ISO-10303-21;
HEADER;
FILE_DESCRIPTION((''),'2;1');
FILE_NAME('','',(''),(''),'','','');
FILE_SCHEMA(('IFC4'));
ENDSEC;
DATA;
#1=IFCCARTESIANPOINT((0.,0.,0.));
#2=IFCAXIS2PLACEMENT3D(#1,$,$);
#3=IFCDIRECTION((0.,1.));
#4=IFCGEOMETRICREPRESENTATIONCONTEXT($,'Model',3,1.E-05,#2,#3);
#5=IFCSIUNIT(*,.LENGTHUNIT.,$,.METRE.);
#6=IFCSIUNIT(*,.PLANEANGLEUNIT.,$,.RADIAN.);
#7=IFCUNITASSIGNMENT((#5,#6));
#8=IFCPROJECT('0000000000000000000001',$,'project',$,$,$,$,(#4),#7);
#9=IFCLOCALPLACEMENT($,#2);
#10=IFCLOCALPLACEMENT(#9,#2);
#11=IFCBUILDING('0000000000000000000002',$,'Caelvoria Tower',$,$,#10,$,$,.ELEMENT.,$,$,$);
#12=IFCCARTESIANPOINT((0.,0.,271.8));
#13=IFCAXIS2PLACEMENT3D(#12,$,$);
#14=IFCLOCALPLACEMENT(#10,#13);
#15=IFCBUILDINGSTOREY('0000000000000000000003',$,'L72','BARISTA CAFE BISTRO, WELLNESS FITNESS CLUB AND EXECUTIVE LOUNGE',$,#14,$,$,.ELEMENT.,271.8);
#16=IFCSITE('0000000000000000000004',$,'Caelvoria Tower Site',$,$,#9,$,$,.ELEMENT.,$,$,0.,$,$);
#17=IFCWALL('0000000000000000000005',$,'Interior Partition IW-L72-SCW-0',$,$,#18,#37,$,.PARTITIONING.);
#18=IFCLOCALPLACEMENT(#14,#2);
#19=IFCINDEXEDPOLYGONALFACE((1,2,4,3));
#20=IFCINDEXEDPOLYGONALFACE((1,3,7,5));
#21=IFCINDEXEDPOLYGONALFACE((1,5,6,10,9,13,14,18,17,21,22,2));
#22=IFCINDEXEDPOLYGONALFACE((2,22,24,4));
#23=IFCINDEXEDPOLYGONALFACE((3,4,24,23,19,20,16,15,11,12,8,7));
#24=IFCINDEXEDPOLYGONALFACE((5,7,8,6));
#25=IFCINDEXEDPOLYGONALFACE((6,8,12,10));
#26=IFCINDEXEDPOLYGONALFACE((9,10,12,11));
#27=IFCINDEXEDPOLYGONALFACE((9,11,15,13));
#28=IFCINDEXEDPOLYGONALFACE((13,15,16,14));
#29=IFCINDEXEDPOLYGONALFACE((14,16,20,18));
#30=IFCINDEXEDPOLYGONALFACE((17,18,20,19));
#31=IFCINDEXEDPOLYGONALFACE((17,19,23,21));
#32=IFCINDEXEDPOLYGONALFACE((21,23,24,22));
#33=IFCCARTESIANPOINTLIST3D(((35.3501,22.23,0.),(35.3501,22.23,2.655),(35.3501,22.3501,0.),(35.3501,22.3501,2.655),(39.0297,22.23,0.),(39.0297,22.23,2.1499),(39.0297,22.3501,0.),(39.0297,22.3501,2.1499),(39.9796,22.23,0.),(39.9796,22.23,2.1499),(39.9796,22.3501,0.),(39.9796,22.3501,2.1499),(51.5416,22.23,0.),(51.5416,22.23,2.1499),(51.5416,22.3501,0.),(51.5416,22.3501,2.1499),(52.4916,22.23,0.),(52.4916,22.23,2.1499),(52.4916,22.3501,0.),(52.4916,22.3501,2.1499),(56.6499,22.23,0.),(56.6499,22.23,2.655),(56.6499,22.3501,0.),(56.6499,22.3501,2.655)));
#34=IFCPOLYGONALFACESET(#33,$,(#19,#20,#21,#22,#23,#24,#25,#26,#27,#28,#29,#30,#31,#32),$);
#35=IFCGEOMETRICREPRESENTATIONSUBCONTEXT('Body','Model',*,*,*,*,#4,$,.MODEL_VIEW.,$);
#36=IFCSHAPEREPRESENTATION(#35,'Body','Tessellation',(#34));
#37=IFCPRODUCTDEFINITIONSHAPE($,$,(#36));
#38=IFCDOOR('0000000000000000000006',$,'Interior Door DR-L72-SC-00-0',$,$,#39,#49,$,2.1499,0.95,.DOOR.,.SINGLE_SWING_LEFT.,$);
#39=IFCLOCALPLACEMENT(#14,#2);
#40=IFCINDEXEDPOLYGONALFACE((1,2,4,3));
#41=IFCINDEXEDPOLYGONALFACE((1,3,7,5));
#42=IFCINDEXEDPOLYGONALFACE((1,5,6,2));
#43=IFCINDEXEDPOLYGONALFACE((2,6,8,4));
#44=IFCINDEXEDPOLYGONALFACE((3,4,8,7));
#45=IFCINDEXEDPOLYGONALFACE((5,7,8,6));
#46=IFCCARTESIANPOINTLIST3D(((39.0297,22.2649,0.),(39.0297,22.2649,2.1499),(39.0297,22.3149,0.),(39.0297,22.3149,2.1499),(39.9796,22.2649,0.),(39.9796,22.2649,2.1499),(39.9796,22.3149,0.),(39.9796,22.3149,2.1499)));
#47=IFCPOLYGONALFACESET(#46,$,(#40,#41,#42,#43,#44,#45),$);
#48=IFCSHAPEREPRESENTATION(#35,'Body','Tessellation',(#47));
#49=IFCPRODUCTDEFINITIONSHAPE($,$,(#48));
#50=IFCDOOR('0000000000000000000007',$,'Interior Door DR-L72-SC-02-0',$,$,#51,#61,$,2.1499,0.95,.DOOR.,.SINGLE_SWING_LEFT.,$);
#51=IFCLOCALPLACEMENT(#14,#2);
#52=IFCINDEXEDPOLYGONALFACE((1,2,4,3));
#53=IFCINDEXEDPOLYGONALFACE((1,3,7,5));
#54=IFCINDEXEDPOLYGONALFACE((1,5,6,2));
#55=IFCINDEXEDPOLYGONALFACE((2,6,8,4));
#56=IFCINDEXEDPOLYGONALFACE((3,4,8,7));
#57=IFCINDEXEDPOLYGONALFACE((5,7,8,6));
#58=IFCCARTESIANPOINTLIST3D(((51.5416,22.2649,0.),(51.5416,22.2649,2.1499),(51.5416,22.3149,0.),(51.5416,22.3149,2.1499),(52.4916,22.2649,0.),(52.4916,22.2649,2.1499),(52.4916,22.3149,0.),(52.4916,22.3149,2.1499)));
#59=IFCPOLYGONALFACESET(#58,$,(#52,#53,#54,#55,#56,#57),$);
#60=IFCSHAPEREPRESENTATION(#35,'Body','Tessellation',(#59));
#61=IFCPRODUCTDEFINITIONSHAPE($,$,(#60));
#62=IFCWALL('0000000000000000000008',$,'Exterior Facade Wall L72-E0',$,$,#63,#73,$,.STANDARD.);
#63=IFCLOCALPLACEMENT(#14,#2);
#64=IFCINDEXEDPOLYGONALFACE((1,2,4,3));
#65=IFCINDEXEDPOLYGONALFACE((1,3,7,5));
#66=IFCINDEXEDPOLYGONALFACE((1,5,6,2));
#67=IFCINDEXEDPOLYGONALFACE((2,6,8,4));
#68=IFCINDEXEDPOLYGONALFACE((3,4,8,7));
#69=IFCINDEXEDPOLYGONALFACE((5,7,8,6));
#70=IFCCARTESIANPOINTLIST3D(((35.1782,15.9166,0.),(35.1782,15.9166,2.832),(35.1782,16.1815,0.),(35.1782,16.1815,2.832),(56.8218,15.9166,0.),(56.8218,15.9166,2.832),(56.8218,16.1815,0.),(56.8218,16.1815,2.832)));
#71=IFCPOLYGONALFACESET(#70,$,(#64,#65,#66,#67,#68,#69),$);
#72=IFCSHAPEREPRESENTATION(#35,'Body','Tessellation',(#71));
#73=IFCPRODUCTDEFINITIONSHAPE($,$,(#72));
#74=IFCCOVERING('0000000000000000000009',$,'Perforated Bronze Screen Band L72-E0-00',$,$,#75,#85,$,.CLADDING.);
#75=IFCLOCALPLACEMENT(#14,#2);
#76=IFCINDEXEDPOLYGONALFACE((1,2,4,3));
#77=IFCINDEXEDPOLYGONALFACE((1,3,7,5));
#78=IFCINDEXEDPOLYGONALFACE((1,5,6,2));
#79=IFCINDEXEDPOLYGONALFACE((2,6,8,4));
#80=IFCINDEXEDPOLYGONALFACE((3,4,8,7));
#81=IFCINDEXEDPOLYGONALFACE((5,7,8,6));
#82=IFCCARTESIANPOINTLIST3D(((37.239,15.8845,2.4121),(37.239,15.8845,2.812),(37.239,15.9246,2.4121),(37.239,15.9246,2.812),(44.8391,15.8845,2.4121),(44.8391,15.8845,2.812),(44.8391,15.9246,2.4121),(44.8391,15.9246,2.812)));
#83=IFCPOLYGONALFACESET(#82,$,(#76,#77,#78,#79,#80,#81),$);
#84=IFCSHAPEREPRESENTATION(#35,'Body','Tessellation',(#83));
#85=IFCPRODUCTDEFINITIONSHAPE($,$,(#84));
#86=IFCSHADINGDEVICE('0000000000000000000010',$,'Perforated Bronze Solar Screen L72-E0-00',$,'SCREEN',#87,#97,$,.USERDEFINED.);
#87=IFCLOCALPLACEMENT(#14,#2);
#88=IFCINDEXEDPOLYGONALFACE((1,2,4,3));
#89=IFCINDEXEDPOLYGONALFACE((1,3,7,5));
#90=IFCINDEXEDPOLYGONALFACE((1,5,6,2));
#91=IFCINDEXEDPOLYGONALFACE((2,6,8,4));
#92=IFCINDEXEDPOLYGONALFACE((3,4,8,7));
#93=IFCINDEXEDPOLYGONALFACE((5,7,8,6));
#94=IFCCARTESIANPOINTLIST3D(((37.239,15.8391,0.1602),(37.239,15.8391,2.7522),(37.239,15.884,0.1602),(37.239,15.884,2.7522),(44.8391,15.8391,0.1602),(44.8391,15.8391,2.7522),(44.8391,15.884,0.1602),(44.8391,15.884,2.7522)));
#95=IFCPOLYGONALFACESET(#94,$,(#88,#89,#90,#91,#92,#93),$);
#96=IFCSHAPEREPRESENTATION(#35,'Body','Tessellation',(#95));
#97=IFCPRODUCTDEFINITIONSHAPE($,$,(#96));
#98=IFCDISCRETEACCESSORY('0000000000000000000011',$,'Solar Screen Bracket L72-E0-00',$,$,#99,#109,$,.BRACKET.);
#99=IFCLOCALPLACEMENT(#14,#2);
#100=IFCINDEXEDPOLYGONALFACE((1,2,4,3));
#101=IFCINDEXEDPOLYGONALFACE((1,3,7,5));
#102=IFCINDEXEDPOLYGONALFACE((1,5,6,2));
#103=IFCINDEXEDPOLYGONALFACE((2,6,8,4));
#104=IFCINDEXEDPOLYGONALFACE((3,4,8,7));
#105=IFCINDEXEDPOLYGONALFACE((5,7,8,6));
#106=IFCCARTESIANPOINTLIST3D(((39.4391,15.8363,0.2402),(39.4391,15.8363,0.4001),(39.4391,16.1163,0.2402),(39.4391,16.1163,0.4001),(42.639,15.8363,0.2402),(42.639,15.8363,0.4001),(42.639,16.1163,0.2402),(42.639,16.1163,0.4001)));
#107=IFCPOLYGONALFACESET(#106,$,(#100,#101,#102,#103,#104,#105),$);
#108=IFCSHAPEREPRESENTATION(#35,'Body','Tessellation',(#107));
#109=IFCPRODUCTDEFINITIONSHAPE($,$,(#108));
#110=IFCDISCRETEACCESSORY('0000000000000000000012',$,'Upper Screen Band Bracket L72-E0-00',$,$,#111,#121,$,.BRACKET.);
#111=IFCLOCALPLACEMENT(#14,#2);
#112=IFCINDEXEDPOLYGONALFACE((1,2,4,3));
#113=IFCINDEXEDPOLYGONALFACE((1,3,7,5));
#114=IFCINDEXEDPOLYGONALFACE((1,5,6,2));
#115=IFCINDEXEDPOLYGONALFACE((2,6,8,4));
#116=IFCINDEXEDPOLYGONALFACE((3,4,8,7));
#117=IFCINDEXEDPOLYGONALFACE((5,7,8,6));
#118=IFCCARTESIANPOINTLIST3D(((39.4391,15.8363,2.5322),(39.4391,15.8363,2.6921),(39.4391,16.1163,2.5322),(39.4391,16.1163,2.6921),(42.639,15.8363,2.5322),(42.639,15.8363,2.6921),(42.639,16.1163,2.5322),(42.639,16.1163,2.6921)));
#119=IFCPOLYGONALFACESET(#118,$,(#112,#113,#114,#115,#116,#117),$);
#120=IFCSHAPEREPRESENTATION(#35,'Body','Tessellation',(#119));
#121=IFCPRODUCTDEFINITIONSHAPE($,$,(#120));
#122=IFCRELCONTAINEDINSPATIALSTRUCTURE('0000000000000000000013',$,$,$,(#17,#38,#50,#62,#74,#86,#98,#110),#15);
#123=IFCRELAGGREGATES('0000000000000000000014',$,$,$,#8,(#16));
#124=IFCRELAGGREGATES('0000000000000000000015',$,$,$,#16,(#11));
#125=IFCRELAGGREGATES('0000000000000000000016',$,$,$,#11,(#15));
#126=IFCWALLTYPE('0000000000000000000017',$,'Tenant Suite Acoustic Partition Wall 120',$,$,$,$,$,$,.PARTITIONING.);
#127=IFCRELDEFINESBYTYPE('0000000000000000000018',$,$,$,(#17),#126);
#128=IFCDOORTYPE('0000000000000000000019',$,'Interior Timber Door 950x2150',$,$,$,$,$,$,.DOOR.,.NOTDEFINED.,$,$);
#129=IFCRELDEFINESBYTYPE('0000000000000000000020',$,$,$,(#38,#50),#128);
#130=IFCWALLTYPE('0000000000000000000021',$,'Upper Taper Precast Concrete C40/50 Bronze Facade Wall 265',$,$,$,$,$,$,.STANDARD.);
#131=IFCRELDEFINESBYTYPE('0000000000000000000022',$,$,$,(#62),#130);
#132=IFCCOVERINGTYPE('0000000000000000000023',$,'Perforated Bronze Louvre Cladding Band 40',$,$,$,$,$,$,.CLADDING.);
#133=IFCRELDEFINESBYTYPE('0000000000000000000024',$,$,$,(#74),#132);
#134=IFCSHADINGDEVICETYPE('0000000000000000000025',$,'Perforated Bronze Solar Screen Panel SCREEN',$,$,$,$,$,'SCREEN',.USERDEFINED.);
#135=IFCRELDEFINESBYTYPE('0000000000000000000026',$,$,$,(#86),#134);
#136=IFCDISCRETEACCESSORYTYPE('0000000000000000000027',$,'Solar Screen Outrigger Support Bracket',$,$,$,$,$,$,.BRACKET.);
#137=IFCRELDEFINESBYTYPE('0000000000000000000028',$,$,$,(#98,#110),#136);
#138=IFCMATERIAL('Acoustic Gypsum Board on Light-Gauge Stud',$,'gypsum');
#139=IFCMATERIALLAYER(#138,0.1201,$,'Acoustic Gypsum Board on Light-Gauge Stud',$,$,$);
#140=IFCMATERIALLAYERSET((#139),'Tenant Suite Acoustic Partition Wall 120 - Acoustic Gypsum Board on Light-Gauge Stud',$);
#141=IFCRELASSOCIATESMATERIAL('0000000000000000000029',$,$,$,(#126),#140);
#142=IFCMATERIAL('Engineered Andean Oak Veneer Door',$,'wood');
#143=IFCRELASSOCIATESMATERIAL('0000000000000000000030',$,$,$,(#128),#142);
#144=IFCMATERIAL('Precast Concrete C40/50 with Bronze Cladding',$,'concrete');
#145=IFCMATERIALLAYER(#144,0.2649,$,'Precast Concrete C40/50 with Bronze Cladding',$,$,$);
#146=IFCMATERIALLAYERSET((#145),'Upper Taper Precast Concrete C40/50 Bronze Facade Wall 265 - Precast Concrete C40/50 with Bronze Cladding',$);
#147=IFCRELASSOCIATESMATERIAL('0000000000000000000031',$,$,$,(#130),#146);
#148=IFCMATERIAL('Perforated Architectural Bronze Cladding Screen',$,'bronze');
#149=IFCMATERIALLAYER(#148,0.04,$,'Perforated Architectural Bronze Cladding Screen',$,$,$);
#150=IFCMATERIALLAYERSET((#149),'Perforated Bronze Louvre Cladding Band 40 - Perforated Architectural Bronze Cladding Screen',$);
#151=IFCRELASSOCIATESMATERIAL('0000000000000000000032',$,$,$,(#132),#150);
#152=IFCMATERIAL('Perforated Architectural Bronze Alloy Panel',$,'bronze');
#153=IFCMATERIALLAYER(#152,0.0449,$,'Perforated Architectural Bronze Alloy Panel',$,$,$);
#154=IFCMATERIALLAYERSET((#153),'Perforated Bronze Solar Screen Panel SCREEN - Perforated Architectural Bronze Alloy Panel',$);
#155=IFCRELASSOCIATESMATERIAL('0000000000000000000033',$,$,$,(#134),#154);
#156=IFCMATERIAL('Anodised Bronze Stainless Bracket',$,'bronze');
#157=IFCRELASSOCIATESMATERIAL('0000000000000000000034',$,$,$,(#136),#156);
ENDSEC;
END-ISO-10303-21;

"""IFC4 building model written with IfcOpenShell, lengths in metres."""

from ifc_helpers import new_model, si_unit, direction, frame, frame_2d, origin, origin_2d, place, context, subcontext, project, spatial, rectangle, extrude, material, layer, layer_set, type_object, element, fill, save


model = new_model("IFC4")

# Units and contexts
model_context = context("Model", 3, precision=1e-05, world=origin(), true_north=direction((0.0, 1.0)))
body_context = subcontext(model_context, "Body", "Model", "MODEL_VIEW")
ifc_project = project(units=[si_unit("LENGTHUNIT", "METRE"), si_unit("PLANEANGLEUNIT", "RADIAN")], contexts=[model_context])

# Site, building, storey
site_placement = place(None, origin())
site = spatial("IfcSite", under=ifc_project, at=site_placement, Name="Caelvoria Tower Site", CompositionType="ELEMENT", RefElevation=0.0)
building_placement = place(site_placement, origin())
building = spatial("IfcBuilding", under=site, at=building_placement, Name="Caelvoria Tower", CompositionType="ELEMENT")
storey_placement = place(building_placement, frame((0.0, 0.0, 271.8)))
storey = spatial("IfcBuildingStorey", under=building, at=storey_placement, Name="L72", Description="BARISTA CAFE BISTRO, WELLNESS FITNESS CLUB AND EXECUTIVE LOUNGE", CompositionType="ELEMENT", Elevation=271.8)

# Wall, openings, doors
ifc_material_1 = material(Name="Acoustic Gypsum Board on Light-Gauge Stud", Category="gypsum")
ifc_layer_1 = layer(ifc_material_1, 0.1201, Name="Acoustic Gypsum Board on Light-Gauge Stud")
ifc_layer_set_1 = layer_set([ifc_layer_1], Name="Tenant Suite Acoustic Partition Wall 120 - Acoustic Gypsum Board on Light-Gauge Stud")
wall_type_1 = type_object("IfcWallType", Name="Tenant Suite Acoustic Partition Wall 120", PredefinedType="PARTITIONING", material=ifc_layer_set_1)
wall_1_placement = place(storey_placement, frame((35.3501, 22.29, 0.0), z_axis=(0.0, 0.0, 1.0), x_axis=(1.0, 0.0, 0.0)))
wall_1 = element("IfcWall", 1, at=wall_1_placement, inside=storey, type_object=wall_type_1, Name="Interior Partition IW-L72-SCW-0", PredefinedType="PARTITIONING", context=body_context, shape_type="SweptSolid", body=[
    extrude(rectangle(XDim=21.2998, YDim=0.1201, at=frame_2d((10.6499, 0.0))), origin(), (0.0, 0.0, 1.0), 2.655),
])
opening_1_placement = place(wall_1_placement, frame((3.6794, 0.0, 0.0)))
opening_1 = element("IfcOpeningElement", 2, at=opening_1_placement, cuts=wall_1, PredefinedType="OPENING", context=body_context, shape_type="SweptSolid", body=[
    extrude(rectangle(XDim=0.95, YDim=2.1499, at=frame_2d((0.4751, 1.075))), frame((0.0, 0.0701, 0.0), z_axis=(0.0, -1.0, 0.0), x_axis=(1.0, 0.0, 0.0)), (0.0, 0.0, 1.0), 0.1401),
])
opening_2_placement = place(wall_1_placement, frame((16.1914, 0.0, 0.0)))
opening_2 = element("IfcOpeningElement", 3, at=opening_2_placement, cuts=wall_1, PredefinedType="OPENING", context=body_context, shape_type="SweptSolid", body=[
    extrude(rectangle(XDim=0.95, YDim=2.1499, at=frame_2d((0.4751, 1.075))), frame((0.0, 0.0701, 0.0), z_axis=(0.0, -1.0, 0.0), x_axis=(1.0, 0.0, 0.0)), (0.0, 0.0, 1.0), 0.1401),
])
ifc_material_2 = material(Name="Engineered Andean Oak Veneer Door", Category="wood")
door_type = type_object("IfcDoorType", Name="Interior Timber Door 950x2150", OperationType="NOTDEFINED", PredefinedType="DOOR", material=ifc_material_2)
door_1_placement = place(opening_1_placement, origin())
door_1 = element("IfcDoor", 4, at=door_1_placement, inside=storey, type_object=door_type, Name="Interior Door DR-L72-SC-00-0", OperationType="SINGLE_SWING_LEFT", OverallHeight=2.1499, OverallWidth=0.95, PredefinedType="DOOR", context=body_context, shape_type="SweptSolid", body=[
    extrude(rectangle(XDim=0.95, YDim=2.1499, at=frame_2d((0.4751, 1.075))), frame((0.0, 0.0249, 0.0), z_axis=(0.0, -1.0, 0.0), x_axis=(1.0, 0.0, 0.0)), (0.0, 0.0, 1.0), 0.05),
])
fill(opening_1, door_1)
door_2_placement = place(opening_2_placement, origin())
door_2 = element("IfcDoor", 5, at=door_2_placement, inside=storey, type_object=door_type, Name="Interior Door DR-L72-SC-02-0", OperationType="SINGLE_SWING_LEFT", OverallHeight=2.1499, OverallWidth=0.95, PredefinedType="DOOR", context=body_context, shape_type="SweptSolid", body=[
    extrude(rectangle(XDim=0.95, YDim=2.1499, at=frame_2d((0.4751, 1.075))), frame((0.0, 0.0249, 0.0), z_axis=(0.0, -1.0, 0.0), x_axis=(1.0, 0.0, 0.0)), (0.0, 0.0, 1.0), 0.05),
])
fill(opening_2, door_2)

# Wall
ifc_material_3 = material(Name="Precast Concrete C40/50 with Bronze Cladding", Category="concrete")
ifc_layer_2 = layer(ifc_material_3, 0.2649, Name="Precast Concrete C40/50 with Bronze Cladding")
ifc_layer_set_2 = layer_set([ifc_layer_2], Name="Upper Taper Precast Concrete C40/50 Bronze Facade Wall 265 - Precast Concrete C40/50 with Bronze Cladding")
wall_type_2 = type_object("IfcWallType", Name="Upper Taper Precast Concrete C40/50 Bronze Facade Wall 265", PredefinedType="STANDARD", material=ifc_layer_set_2)
wall_2_placement = place(storey_placement, frame((35.1782, 16.0491, 0.0), z_axis=(0.0, 0.0, 1.0), x_axis=(1.0, 0.0, 0.0)))
element("IfcWall", 6, at=wall_2_placement, inside=storey, type_object=wall_type_2, Name="Exterior Facade Wall L72-E0", PredefinedType="STANDARD", context=body_context, shape_type="SweptSolid", body=[
    extrude(rectangle(XDim=21.6436, YDim=0.2649, at=frame_2d((10.8218, 0.0))), origin(), (0.0, 0.0, 1.0), 2.832),
])

# Covering
ifc_material_4 = material(Name="Perforated Architectural Bronze Cladding Screen", Category="bronze")
ifc_layer_3 = layer(ifc_material_4, 0.04, Name="Perforated Architectural Bronze Cladding Screen")
ifc_layer_set_3 = layer_set([ifc_layer_3], Name="Perforated Bronze Louvre Cladding Band 40 - Perforated Architectural Bronze Cladding Screen")
covering_type = type_object("IfcCoveringType", Name="Perforated Bronze Louvre Cladding Band 40", PredefinedType="CLADDING", material=ifc_layer_set_3)
covering_placement = place(storey_placement, frame((41.0391, 15.9045, 2.4121), z_axis=(0.0, 0.0, 1.0), x_axis=(1.0, 0.0, 0.0)))
element("IfcCovering", 7, at=covering_placement, inside=storey, type_object=covering_type, Name="Perforated Bronze Screen Band L72-E0-00", PredefinedType="CLADDING", context=body_context, shape_type="SweptSolid", body=[
    extrude(rectangle(XDim=7.6001, YDim=0.04, at=origin_2d()), origin(), (0.0, 0.0, 1.0), 0.3999),
])

# Shading device
ifc_material_5 = material(Name="Perforated Architectural Bronze Alloy Panel", Category="bronze")
ifc_layer_4 = layer(ifc_material_5, 0.0449, Name="Perforated Architectural Bronze Alloy Panel")
ifc_layer_set_4 = layer_set([ifc_layer_4], Name="Perforated Bronze Solar Screen Panel SCREEN - Perforated Architectural Bronze Alloy Panel")
shading_device_type = type_object("IfcShadingDeviceType", Name="Perforated Bronze Solar Screen Panel SCREEN", ElementType="SCREEN", PredefinedType="USERDEFINED", material=ifc_layer_set_4)
shading_device_placement = place(storey_placement, frame((41.0391, 15.8616, 0.1602), z_axis=(0.0, 0.0, 1.0), x_axis=(1.0, 0.0, 0.0)))
element("IfcShadingDevice", 8, at=shading_device_placement, inside=storey, type_object=shading_device_type, Name="Perforated Bronze Solar Screen L72-E0-00", ObjectType="SCREEN", PredefinedType="USERDEFINED", context=body_context, shape_type="SweptSolid", body=[
    extrude(rectangle(XDim=7.6001, YDim=0.0449, at=origin_2d()), origin(), (0.0, 0.0, 1.0), 2.592),
])

# Discrete accessories
ifc_material_6 = material(Name="Anodised Bronze Stainless Bracket", Category="bronze")
discrete_accessory_type = type_object("IfcDiscreteAccessoryType", Name="Solar Screen Outrigger Support Bracket", PredefinedType="BRACKET", material=ifc_material_6)
for number, where, z_axis, x_axis, name in (
    (9, (41.0391, 15.9763, 0.2402), (0.0, 0.0, 1.0), (1.0, 0.0, 0.0), "Solar Screen Bracket L72-E0-00"),
    (10, (41.0391, 15.9763, 2.5322), (0.0, 0.0, 1.0), (1.0, 0.0, 0.0), "Upper Screen Band Bracket L72-E0-00"),
):
    element("IfcDiscreteAccessory", number, at=place(storey_placement, frame(where, z_axis=z_axis, x_axis=x_axis)), inside=storey, type_object=discrete_accessory_type, Name=name, PredefinedType="BRACKET", context=body_context, shape_type="SweptSolid", body=[
        extrude(rectangle(XDim=3.2, YDim=0.28, at=origin_2d()), origin(), (0.0, 0.0, 1.0), 0.1599),
    ])

save(model, "model.ifc")
